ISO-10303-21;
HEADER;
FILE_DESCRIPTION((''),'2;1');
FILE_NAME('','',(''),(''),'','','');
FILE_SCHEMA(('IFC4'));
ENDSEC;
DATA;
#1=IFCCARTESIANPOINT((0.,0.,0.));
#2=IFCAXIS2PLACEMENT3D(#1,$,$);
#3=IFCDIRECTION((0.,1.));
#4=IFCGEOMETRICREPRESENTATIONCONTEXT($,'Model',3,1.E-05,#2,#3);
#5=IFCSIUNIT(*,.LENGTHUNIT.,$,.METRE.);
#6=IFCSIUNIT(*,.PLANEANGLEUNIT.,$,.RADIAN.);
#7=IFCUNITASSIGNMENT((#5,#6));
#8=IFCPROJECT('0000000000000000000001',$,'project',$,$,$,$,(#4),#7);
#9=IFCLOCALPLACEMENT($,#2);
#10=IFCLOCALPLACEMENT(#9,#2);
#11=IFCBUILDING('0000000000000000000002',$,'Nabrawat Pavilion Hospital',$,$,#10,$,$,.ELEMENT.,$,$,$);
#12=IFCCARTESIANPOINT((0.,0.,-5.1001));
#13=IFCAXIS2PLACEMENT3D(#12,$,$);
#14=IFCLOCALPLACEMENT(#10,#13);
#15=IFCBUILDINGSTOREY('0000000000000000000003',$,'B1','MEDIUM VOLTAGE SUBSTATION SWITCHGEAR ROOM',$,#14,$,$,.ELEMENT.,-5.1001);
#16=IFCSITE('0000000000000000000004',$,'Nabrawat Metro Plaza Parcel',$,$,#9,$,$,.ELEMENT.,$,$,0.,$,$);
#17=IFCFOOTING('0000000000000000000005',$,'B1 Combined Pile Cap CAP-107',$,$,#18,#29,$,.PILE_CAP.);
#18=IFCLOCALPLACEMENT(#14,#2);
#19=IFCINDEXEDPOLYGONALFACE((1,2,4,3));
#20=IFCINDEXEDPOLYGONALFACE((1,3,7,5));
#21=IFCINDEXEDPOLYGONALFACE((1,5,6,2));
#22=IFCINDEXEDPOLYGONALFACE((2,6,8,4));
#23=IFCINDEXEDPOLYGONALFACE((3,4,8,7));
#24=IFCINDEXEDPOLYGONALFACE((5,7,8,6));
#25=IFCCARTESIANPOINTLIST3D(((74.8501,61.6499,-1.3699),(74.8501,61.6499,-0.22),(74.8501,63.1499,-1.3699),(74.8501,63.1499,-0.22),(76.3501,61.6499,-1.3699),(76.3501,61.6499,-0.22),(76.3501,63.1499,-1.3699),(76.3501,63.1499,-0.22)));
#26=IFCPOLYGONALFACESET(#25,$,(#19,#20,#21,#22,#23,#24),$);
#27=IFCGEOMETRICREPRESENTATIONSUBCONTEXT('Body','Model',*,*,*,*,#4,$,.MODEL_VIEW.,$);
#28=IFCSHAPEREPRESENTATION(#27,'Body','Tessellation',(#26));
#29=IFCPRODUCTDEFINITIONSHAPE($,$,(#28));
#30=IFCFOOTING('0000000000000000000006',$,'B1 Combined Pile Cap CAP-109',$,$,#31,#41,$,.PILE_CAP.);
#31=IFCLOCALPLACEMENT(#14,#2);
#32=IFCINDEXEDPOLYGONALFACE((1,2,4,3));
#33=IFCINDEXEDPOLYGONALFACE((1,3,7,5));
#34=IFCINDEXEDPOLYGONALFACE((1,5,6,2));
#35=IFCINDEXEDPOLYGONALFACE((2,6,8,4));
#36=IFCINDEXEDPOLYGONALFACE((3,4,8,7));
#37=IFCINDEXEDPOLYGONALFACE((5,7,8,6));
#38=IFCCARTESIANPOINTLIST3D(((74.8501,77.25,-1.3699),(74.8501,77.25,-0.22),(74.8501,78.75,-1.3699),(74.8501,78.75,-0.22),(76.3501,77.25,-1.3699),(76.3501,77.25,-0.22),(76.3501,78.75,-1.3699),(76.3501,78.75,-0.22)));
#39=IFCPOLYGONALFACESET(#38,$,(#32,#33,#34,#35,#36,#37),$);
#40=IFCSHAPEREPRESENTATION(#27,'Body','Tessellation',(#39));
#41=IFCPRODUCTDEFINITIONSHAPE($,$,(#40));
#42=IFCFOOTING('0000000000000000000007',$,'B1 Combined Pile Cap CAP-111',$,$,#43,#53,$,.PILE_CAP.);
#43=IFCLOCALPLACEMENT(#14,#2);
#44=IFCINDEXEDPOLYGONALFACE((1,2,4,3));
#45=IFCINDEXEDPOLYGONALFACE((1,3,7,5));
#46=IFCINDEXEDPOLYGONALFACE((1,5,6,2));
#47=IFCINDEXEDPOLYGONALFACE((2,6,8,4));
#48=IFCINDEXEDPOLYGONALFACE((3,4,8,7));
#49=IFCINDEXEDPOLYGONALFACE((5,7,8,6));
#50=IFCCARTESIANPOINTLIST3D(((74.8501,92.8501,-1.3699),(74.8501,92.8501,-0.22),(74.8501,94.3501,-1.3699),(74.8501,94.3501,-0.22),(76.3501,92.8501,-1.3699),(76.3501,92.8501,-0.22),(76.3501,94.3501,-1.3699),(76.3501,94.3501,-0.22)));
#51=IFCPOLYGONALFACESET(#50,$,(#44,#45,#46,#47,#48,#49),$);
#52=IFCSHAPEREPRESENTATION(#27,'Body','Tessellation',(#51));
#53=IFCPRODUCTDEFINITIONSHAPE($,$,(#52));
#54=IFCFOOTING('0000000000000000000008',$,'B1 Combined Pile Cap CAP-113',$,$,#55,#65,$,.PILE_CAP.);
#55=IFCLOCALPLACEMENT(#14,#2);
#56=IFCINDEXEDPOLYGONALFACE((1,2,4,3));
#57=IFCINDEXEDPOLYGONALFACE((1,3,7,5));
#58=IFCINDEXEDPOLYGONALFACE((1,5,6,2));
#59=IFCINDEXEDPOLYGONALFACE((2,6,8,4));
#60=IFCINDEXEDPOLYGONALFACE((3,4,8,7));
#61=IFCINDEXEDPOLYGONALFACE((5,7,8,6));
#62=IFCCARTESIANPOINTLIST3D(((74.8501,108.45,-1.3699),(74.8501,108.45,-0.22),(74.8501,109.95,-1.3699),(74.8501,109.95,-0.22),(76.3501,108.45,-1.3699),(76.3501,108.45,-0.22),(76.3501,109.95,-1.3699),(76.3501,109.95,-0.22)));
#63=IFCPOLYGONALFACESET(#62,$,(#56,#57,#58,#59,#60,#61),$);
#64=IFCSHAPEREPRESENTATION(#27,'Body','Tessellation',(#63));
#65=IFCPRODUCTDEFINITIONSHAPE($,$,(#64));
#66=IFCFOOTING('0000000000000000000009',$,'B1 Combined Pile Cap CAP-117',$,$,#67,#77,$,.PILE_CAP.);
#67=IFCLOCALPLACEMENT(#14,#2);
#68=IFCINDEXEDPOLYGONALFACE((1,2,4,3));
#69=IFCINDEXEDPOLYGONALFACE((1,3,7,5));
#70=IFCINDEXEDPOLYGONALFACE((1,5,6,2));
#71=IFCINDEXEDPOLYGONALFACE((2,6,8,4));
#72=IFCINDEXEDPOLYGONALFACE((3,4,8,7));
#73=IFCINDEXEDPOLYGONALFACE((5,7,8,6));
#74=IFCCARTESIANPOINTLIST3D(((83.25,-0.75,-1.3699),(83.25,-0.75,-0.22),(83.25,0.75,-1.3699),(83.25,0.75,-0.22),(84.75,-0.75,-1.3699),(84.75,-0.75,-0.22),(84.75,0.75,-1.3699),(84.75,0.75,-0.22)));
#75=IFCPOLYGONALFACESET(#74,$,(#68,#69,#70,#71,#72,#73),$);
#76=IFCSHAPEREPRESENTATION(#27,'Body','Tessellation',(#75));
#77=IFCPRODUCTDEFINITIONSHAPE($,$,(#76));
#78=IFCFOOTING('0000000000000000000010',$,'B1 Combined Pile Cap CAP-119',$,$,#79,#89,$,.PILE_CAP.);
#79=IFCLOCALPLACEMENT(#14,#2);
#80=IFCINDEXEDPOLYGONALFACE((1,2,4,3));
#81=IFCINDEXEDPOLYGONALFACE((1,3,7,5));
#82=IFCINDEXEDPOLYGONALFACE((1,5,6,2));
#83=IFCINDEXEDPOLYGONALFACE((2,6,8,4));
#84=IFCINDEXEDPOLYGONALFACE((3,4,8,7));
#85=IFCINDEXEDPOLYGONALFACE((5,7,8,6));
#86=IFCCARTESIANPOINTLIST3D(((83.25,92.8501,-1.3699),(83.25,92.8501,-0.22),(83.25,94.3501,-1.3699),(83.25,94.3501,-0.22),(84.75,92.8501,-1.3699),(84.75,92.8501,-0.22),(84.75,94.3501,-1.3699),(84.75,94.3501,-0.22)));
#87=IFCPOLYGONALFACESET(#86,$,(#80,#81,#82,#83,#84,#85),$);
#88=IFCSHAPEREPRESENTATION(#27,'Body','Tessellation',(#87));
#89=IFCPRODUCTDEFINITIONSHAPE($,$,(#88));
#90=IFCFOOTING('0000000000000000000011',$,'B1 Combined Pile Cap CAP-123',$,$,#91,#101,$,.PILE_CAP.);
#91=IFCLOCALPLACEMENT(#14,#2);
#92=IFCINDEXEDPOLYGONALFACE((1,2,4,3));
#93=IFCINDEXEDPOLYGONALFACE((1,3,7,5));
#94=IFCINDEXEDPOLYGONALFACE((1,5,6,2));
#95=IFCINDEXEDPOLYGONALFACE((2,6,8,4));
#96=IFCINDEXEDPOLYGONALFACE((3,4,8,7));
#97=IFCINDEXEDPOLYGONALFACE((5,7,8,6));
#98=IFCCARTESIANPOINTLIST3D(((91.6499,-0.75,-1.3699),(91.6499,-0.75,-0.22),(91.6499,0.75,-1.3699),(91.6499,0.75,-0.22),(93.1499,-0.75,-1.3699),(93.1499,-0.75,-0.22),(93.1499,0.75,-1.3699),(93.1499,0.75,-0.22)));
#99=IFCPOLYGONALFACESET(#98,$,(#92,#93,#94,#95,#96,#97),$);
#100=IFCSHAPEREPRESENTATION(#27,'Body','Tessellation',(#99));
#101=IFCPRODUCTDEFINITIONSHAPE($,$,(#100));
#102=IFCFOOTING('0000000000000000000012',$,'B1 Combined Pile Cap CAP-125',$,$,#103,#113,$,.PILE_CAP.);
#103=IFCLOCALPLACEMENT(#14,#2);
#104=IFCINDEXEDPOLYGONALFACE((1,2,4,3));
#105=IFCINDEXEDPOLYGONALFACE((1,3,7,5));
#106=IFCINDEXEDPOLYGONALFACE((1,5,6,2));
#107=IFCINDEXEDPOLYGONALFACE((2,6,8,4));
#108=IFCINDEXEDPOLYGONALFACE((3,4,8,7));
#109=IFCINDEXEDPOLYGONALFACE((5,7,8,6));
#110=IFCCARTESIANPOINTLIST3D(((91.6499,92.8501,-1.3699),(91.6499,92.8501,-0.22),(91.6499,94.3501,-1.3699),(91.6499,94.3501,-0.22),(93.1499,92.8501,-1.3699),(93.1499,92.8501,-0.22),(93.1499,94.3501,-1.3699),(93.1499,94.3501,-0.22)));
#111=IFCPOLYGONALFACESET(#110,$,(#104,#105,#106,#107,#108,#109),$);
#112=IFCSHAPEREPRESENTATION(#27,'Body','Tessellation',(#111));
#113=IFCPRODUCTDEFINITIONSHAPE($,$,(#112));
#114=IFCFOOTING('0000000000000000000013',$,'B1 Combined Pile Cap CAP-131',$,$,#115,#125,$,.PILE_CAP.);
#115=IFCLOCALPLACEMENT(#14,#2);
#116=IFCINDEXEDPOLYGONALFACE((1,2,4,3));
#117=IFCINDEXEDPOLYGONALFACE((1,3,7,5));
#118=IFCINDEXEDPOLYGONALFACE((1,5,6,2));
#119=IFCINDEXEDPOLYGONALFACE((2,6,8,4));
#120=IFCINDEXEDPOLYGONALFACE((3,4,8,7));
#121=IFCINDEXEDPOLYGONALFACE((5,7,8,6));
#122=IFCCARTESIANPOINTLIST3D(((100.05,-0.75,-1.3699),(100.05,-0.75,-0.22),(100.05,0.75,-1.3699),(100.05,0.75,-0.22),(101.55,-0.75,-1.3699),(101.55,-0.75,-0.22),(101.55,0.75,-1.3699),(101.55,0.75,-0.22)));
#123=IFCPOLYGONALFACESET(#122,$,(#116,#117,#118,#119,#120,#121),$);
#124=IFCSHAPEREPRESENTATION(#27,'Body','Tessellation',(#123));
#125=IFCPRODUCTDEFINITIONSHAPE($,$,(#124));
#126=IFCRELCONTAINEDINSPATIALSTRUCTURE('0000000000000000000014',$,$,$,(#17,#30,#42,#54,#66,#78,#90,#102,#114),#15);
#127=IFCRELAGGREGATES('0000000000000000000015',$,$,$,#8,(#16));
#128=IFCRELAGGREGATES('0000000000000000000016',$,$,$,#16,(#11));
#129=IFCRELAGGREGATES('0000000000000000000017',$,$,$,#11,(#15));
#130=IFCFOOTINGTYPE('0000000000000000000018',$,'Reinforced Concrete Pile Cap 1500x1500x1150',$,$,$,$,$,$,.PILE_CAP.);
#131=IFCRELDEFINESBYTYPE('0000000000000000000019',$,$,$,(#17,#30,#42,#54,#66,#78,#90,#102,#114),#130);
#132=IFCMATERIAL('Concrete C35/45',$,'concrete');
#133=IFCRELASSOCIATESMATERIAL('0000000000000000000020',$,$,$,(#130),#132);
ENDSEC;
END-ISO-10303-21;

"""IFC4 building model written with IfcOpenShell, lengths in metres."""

from ifc_helpers import new_model, si_unit, direction, frame, origin, place, context, subcontext, project, spatial, polyline, outline, extrude, material, type_object, element, save


model = new_model("IFC4")

# Units and contexts
model_context = context("Model", 3, precision=1e-05, world=origin(), true_north=direction((0.0, 1.0)))
body_context = subcontext(model_context, "Body", "Model", "MODEL_VIEW")
ifc_project = project(units=[si_unit("LENGTHUNIT", "METRE"), si_unit("PLANEANGLEUNIT", "RADIAN")], contexts=[model_context])

# Site, building, storey
site_placement = place(None, origin())
site = spatial("IfcSite", under=ifc_project, at=site_placement, Name="Nabrawat Metro Plaza Parcel", CompositionType="ELEMENT", RefElevation=0.0)
building_placement = place(site_placement, origin())
building = spatial("IfcBuilding", under=site, at=building_placement, Name="Nabrawat Pavilion Hospital", CompositionType="ELEMENT")
storey_placement = place(building_placement, frame((0.0, 0.0, -5.1001)))
storey = spatial("IfcBuildingStorey", under=building, at=storey_placement, Name="B1", Description="MEDIUM VOLTAGE SUBSTATION SWITCHGEAR ROOM", CompositionType="ELEMENT", Elevation=-5.1001)

# Footings
ifc_material = material(Name="Concrete C35/45", Category="concrete")
footing_type_1 = type_object("IfcFootingType", Name="Reinforced Concrete Pile Cap 1500x1500x1150", PredefinedType="PILE_CAP", material=ifc_material)
footing_1_placement = place(storey_placement, frame((0.0, 0.0, -1.3699)))
element("IfcFooting", 1, at=footing_1_placement, inside=storey, type_object=footing_type_1, Name="B1 Combined Pile Cap CAP-107", PredefinedType="PILE_CAP", context=body_context, shape_type="SweptSolid", body=[
    extrude(outline(polyline([(76.3501, 61.6499), (76.3501, 63.1499), (74.8501, 63.1499), (74.8501, 61.6499), (76.3501, 61.6499)])), origin(), (0.0, 0.0, 1.0), 1.1499),
])
footing_2_placement = place(storey_placement, frame((0.0, 0.0, -1.3699)))
element("IfcFooting", 2, at=footing_2_placement, inside=storey, type_object=footing_type_1, Name="B1 Combined Pile Cap CAP-109", PredefinedType="PILE_CAP", context=body_context, shape_type="SweptSolid", body=[
    extrude(outline(polyline([(76.3501, 77.25), (76.3501, 78.75), (74.8501, 78.75), (74.8501, 77.25), (76.3501, 77.25)])), origin(), (0.0, 0.0, 1.0), 1.1499),
])
footing_3_placement = place(storey_placement, frame((0.0, 0.0, -1.3699)))
element("IfcFooting", 3, at=footing_3_placement, inside=storey, type_object=footing_type_1, Name="B1 Combined Pile Cap CAP-111", PredefinedType="PILE_CAP", context=body_context, shape_type="SweptSolid", body=[
    extrude(outline(polyline([(76.3501, 92.8501), (76.3501, 94.3501), (74.8501, 94.3501), (74.8501, 92.8501), (76.3501, 92.8501)])), origin(), (0.0, 0.0, 1.0), 1.1499),
])
footing_4_placement = place(storey_placement, frame((0.0, 0.0, -1.3699)))
element("IfcFooting", 4, at=footing_4_placement, inside=storey, type_object=footing_type_1, Name="B1 Combined Pile Cap CAP-113", PredefinedType="PILE_CAP", context=body_context, shape_type="SweptSolid", body=[
    extrude(outline(polyline([(76.3501, 108.45), (76.3501, 109.95), (74.8501, 109.95), (74.8501, 108.45), (76.3501, 108.45)])), origin(), (0.0, 0.0, 1.0), 1.1499),
])
footing_5_placement = place(storey_placement, frame((0.0, 0.0, -1.3699)))
element("IfcFooting", 5, at=footing_5_placement, inside=storey, type_object=footing_type_1, Name="B1 Combined Pile Cap CAP-117", PredefinedType="PILE_CAP", context=body_context, shape_type="SweptSolid", body=[
    extrude(outline(polyline([(84.75, -0.75), (84.75, 0.75), (83.25, 0.75), (83.25, -0.75), (84.75, -0.75)])), origin(), (0.0, 0.0, 1.0), 1.1499),
])
footing_6_placement = place(storey_placement, frame((0.0, 0.0, -1.3699)))
element("IfcFooting", 6, at=footing_6_placement, inside=storey, type_object=footing_type_1, Name="B1 Combined Pile Cap CAP-119", PredefinedType="PILE_CAP", context=body_context, shape_type="SweptSolid", body=[
    extrude(outline(polyline([(84.75, 92.8501), (84.75, 94.3501), (83.25, 94.3501), (83.25, 92.8501), (84.75, 92.8501)])), origin(), (0.0, 0.0, 1.0), 1.1499),
])
footing_7_placement = place(storey_placement, frame((0.0, 0.0, -1.3699)))
element("IfcFooting", 7, at=footing_7_placement, inside=storey, type_object=footing_type_1, Name="B1 Combined Pile Cap CAP-123", PredefinedType="PILE_CAP", context=body_context, shape_type="SweptSolid", body=[
    extrude(outline(polyline([(93.1499, -0.75), (93.1499, 0.75), (91.6499, 0.75), (91.6499, -0.75), (93.1499, -0.75)])), origin(), (0.0, 0.0, 1.0), 1.1499),
])
footing_8_placement = place(storey_placement, frame((0.0, 0.0, -1.3699)))
element("IfcFooting", 8, at=footing_8_placement, inside=storey, type_object=footing_type_1, Name="B1 Combined Pile Cap CAP-125", PredefinedType="PILE_CAP", context=body_context, shape_type="SweptSolid", body=[
    extrude(outline(polyline([(93.1499, 92.8501), (93.1499, 94.3501), (91.6499, 94.3501), (91.6499, 92.8501), (93.1499, 92.8501)])), origin(), (0.0, 0.0, 1.0), 1.1499),
])
footing_9_placement = place(storey_placement, frame((0.0, 0.0, -1.3699)))
element("IfcFooting", 9, at=footing_9_placement, inside=storey, type_object=footing_type_1, Name="B1 Combined Pile Cap CAP-131", PredefinedType="PILE_CAP", context=body_context, shape_type="SweptSolid", body=[
    extrude(outline(polyline([(101.55, -0.75), (101.55, 0.75), (100.05, 0.75), (100.05, -0.75), (101.55, -0.75)])), origin(), (0.0, 0.0, 1.0), 1.1499),
])

save(model, "model.ifc")
